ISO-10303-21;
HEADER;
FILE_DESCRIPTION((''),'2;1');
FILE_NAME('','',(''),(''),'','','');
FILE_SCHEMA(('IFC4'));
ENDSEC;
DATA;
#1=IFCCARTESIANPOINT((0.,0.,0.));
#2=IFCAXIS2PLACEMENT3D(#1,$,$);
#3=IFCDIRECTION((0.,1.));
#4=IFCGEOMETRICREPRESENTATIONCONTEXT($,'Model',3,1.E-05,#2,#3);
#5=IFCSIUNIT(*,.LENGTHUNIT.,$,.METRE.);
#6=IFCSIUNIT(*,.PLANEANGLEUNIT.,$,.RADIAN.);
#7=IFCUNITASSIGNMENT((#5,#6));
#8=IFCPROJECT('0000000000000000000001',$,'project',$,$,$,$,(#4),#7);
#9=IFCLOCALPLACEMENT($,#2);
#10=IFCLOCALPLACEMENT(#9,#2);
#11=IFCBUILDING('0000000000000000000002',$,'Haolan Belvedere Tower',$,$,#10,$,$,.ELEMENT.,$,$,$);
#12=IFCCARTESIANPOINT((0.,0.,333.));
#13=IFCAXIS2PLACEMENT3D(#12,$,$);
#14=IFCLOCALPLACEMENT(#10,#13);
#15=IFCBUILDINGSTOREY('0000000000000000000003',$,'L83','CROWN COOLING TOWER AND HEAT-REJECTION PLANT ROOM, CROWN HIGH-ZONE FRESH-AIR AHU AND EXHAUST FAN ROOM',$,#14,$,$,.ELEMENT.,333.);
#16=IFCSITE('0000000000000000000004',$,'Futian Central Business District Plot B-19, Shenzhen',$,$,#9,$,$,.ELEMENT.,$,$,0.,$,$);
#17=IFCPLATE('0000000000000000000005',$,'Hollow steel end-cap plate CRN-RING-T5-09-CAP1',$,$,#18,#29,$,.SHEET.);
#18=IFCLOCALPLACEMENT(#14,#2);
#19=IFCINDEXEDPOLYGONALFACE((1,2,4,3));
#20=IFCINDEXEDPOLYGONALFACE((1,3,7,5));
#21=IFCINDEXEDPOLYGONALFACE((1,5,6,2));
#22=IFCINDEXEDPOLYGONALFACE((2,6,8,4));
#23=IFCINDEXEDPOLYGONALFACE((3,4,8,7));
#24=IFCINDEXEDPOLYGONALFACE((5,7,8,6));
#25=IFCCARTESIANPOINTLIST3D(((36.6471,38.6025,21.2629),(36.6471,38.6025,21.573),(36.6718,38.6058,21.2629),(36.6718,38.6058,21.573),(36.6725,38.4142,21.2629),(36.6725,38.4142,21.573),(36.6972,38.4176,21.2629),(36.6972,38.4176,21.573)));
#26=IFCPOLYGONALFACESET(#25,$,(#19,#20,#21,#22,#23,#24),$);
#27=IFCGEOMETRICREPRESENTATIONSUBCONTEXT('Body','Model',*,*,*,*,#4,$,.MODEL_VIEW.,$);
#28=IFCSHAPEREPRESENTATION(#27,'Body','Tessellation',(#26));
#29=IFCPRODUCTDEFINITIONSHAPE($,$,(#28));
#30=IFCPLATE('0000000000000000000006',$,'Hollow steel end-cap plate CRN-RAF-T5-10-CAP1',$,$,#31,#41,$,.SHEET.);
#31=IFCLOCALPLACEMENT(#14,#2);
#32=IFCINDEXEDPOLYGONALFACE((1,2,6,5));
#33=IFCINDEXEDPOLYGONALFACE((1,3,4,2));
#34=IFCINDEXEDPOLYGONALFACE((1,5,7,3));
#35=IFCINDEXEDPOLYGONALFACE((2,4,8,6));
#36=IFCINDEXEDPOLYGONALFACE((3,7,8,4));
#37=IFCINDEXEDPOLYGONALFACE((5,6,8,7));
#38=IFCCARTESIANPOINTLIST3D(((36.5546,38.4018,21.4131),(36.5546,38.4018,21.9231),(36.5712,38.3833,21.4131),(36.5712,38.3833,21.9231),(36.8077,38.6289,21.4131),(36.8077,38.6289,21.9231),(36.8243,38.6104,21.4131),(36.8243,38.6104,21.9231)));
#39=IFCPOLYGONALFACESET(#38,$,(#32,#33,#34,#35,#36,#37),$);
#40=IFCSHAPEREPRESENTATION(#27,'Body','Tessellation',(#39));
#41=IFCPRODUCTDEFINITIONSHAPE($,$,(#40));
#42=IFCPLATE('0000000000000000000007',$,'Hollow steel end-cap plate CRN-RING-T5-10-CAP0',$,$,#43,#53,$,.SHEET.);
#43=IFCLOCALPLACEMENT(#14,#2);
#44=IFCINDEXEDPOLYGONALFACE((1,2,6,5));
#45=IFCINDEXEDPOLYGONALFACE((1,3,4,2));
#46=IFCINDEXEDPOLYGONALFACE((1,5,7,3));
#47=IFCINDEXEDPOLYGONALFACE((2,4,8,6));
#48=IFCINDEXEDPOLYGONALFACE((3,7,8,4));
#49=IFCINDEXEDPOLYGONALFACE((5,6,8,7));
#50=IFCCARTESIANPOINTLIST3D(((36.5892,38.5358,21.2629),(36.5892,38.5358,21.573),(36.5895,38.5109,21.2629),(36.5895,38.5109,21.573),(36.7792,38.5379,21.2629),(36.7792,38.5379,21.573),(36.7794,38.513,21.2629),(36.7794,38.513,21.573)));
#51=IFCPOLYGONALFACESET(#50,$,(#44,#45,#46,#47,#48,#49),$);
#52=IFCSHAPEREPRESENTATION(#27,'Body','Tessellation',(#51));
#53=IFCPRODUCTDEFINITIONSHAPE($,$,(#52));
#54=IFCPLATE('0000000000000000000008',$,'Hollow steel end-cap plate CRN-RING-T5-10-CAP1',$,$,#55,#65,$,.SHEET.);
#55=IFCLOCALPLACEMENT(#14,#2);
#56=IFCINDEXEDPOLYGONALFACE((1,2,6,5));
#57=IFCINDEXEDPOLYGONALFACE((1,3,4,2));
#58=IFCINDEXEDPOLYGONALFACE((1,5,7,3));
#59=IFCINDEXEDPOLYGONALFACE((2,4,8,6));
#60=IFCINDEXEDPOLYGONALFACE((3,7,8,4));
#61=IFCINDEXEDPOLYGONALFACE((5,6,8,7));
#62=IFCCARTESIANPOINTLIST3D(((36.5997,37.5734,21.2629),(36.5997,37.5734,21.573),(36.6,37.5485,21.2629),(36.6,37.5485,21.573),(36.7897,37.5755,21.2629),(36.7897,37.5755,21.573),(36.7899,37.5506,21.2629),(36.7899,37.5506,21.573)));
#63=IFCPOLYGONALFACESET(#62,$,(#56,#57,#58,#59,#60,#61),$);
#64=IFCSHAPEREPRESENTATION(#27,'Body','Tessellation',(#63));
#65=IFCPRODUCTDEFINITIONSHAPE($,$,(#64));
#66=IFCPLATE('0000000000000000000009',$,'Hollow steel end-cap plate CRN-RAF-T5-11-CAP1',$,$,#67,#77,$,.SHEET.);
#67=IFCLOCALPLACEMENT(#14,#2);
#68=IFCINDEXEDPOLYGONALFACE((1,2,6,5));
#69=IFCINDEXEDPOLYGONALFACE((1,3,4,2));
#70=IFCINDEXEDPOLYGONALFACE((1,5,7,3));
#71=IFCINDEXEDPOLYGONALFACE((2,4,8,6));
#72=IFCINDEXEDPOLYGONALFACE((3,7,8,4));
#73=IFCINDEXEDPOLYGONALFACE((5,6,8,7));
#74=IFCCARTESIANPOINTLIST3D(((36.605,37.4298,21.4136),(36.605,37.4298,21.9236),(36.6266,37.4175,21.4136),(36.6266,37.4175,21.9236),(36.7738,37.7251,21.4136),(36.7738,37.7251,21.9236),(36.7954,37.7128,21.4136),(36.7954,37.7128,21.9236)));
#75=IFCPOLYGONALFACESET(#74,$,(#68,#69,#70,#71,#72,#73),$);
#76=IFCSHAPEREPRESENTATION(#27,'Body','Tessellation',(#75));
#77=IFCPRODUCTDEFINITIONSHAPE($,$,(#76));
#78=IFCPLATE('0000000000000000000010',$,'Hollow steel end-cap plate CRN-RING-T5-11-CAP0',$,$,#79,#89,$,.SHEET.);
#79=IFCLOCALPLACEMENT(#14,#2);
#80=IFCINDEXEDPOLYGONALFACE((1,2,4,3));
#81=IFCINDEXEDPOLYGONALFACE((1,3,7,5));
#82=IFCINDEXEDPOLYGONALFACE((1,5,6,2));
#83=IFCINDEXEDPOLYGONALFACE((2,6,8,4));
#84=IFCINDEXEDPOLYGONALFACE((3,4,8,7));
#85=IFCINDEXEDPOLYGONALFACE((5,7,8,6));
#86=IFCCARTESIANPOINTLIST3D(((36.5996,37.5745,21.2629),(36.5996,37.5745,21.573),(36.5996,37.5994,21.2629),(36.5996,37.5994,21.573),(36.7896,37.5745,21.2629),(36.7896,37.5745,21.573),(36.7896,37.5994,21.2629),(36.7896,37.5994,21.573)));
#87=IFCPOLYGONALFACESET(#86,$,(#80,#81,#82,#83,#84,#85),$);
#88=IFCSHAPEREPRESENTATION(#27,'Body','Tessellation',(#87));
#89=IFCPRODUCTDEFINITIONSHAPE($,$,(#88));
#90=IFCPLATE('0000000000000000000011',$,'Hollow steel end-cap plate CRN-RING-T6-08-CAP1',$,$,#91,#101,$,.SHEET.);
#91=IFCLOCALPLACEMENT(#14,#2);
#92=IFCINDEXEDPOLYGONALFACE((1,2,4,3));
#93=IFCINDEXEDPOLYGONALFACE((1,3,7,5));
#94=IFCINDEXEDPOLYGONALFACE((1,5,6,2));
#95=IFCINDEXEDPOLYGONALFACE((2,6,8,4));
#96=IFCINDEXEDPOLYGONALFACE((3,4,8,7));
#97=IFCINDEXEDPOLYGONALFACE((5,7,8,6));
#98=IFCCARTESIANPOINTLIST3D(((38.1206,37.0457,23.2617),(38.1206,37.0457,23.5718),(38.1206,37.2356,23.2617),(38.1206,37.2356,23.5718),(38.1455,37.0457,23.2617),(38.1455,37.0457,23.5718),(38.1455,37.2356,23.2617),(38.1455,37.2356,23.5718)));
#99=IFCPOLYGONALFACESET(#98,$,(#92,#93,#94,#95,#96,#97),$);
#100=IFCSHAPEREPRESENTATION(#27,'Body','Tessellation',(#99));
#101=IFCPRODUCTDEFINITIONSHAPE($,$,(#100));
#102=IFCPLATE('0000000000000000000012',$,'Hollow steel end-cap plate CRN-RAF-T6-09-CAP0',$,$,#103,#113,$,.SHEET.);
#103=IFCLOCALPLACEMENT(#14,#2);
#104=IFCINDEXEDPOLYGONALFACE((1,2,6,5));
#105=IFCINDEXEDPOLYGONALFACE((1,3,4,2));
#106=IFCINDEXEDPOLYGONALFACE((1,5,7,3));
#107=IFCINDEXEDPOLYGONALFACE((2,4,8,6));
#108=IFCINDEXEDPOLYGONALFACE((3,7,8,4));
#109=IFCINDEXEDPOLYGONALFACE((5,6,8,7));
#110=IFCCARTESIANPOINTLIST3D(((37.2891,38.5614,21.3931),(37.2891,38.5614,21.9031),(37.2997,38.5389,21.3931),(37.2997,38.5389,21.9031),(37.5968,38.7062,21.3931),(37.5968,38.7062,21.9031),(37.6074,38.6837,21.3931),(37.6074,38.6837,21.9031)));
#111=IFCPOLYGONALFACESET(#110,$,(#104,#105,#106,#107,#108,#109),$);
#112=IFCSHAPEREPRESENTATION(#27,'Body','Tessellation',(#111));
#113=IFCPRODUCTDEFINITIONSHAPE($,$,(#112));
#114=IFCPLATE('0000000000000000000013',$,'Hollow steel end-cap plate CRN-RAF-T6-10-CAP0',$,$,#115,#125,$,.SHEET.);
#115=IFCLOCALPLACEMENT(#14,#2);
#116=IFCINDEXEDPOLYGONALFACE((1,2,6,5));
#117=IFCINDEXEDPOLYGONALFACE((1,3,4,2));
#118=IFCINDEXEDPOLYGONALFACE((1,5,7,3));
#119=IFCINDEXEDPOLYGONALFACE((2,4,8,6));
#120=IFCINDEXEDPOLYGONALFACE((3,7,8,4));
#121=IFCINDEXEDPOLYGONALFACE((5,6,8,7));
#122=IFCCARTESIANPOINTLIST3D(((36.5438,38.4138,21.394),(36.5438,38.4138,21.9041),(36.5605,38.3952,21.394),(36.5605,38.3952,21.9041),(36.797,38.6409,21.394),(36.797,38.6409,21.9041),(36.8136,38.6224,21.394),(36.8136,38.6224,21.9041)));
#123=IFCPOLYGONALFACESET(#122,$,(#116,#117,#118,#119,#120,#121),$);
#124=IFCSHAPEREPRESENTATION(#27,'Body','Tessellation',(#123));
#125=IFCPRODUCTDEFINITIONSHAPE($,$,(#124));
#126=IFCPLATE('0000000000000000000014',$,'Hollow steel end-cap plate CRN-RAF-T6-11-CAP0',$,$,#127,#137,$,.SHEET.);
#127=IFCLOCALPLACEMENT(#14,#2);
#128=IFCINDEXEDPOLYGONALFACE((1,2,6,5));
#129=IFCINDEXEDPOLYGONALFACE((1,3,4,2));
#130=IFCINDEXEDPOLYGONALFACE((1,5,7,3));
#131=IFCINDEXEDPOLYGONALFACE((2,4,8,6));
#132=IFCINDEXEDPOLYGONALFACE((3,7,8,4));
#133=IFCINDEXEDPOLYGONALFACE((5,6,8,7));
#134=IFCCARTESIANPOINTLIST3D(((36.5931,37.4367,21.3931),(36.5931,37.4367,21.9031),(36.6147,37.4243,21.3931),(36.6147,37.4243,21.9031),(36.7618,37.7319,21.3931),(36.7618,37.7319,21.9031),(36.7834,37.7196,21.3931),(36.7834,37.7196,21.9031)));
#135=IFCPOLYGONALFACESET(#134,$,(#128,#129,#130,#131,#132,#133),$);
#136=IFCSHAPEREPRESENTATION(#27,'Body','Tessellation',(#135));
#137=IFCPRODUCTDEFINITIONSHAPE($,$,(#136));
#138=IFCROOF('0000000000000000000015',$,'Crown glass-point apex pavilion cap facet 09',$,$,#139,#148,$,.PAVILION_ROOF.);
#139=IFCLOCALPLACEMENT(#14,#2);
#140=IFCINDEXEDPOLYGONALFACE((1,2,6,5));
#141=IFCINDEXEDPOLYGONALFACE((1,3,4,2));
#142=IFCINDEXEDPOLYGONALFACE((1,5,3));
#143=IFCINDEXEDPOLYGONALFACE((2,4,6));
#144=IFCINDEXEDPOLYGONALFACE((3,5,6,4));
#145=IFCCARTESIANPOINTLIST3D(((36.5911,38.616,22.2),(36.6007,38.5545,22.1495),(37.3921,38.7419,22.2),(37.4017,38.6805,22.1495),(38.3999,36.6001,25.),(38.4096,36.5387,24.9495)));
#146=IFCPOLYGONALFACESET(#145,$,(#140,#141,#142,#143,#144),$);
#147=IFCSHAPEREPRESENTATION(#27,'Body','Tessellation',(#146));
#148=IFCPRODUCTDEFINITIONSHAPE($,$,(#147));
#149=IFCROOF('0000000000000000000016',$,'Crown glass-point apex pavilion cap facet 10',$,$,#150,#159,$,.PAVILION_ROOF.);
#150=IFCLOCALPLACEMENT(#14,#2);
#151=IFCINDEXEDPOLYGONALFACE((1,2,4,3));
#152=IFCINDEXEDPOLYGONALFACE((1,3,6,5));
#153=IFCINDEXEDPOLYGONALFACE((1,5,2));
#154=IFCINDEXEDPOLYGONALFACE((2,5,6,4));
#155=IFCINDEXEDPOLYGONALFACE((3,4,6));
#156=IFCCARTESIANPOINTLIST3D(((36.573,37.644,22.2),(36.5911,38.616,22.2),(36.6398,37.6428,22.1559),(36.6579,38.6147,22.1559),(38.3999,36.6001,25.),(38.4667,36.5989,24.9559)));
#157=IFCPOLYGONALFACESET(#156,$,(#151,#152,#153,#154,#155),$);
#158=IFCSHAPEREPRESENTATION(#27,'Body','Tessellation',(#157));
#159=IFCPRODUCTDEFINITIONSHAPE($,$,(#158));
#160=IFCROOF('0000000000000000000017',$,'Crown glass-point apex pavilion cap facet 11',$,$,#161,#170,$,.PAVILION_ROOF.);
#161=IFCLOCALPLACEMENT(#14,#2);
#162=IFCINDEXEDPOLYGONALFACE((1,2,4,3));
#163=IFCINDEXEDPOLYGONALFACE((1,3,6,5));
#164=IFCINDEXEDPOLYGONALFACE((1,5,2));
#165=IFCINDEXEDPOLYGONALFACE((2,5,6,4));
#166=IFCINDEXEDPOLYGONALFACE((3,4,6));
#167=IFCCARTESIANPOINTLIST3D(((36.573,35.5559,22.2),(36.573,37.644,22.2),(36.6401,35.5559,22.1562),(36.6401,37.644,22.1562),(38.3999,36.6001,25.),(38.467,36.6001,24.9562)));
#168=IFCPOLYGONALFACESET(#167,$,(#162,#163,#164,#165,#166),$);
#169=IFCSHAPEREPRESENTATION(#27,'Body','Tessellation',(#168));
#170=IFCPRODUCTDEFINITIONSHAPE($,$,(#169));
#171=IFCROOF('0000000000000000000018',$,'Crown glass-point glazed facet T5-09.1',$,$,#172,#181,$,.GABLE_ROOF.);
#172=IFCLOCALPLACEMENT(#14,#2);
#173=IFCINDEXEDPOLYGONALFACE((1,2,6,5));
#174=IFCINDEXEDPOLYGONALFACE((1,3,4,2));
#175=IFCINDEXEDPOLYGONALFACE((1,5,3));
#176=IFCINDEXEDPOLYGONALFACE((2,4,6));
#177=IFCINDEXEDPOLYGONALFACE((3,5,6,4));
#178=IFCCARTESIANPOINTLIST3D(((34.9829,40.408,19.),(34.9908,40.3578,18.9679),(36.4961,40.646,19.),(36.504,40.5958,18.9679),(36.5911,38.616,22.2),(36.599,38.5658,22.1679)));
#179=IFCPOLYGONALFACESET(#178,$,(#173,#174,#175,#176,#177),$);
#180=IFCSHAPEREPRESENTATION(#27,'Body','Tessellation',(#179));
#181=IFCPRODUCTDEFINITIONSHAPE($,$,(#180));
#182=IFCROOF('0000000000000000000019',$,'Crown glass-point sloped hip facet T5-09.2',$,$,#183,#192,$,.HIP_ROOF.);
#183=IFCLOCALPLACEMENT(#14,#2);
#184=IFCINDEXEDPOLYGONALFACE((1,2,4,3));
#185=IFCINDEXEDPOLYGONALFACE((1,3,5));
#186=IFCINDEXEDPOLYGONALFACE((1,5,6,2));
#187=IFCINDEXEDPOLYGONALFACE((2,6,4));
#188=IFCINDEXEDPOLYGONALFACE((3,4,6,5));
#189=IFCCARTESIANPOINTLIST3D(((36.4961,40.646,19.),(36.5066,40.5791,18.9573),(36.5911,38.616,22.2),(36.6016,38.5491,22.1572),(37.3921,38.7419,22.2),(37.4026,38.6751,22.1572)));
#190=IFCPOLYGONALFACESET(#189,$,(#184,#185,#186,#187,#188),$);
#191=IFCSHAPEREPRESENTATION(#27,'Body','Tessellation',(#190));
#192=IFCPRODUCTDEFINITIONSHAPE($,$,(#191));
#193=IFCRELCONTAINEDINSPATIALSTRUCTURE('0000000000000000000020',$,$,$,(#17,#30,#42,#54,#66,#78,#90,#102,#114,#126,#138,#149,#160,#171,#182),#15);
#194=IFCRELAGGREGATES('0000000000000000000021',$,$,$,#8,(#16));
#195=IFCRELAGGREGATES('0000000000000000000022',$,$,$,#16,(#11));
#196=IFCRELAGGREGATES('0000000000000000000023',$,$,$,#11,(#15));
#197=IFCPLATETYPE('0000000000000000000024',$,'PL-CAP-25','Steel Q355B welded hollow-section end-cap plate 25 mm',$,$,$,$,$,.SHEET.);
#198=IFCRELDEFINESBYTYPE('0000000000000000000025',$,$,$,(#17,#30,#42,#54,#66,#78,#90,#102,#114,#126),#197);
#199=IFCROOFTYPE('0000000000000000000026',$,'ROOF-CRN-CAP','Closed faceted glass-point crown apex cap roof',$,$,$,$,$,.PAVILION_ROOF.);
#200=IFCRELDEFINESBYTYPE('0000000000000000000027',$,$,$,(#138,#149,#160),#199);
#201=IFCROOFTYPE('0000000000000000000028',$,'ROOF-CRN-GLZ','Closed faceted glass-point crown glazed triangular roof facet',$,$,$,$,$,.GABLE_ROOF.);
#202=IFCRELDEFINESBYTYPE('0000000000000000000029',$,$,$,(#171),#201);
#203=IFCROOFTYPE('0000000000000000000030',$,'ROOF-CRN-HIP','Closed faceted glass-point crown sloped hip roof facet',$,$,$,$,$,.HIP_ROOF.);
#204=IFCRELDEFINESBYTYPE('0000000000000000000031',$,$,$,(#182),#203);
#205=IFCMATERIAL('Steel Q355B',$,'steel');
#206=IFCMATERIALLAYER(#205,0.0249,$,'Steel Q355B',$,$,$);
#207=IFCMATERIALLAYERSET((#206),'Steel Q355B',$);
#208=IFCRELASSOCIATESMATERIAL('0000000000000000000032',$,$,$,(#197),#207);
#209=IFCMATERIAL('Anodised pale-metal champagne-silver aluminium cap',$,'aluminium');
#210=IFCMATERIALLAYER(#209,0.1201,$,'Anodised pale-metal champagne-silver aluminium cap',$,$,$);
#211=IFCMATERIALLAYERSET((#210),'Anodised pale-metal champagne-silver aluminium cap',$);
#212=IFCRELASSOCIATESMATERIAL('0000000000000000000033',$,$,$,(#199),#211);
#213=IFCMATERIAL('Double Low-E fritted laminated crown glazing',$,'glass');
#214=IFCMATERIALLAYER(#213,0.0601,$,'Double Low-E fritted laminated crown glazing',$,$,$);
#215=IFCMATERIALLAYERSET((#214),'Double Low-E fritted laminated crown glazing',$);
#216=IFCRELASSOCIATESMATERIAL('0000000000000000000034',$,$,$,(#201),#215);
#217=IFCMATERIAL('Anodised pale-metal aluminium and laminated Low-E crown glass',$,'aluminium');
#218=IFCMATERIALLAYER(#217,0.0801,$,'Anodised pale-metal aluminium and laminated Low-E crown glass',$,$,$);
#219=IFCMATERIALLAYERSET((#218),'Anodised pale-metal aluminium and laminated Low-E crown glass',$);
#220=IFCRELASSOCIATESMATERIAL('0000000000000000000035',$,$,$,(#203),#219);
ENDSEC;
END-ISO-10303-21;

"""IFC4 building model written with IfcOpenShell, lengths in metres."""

from ifc_helpers import new_model, si_unit, direction, frame, origin, origin_2d, place, context, subcontext, project, spatial, polyline, rectangle, outline, extrude, material, layer, layer_set, type_object, element, save


model = new_model("IFC4")

# Units and contexts
model_context = context("Model", 3, precision=1e-05, world=origin(), true_north=direction((0.0, 1.0)))
body_context = subcontext(model_context, "Body", "Model", "MODEL_VIEW")
ifc_project = project(units=[si_unit("LENGTHUNIT", "METRE"), si_unit("PLANEANGLEUNIT", "RADIAN")], contexts=[model_context])

# Site, building, storey
site_placement = place(None, origin())
site = spatial("IfcSite", under=ifc_project, at=site_placement, Name="Futian Central Business District Plot B-19, Shenzhen", CompositionType="ELEMENT", RefElevation=0.0)
building_placement = place(site_placement, origin())
building = spatial("IfcBuilding", under=site, at=building_placement, Name="Haolan Belvedere Tower", CompositionType="ELEMENT")
storey_placement = place(building_placement, frame((0.0, 0.0, 333.0)))
storey = spatial("IfcBuildingStorey", under=building, at=storey_placement, Name="L83", Description="CROWN COOLING TOWER AND HEAT-REJECTION PLANT ROOM, CROWN HIGH-ZONE FRESH-AIR AHU AND EXHAUST FAN ROOM", CompositionType="ELEMENT", Elevation=333.0)

# Shared definitions
ifc_material_1 = material(Name="Steel Q355B", Category="steel")

# Plates
ifc_layer_1 = layer(ifc_material_1, 0.0249, Name="Steel Q355B")
ifc_layer_set_1 = layer_set([ifc_layer_1], Name="Steel Q355B")
plate_type = type_object("IfcPlateType", Name="PL-CAP-25", Description="Steel Q355B welded hollow-section end-cap plate 25 mm", PredefinedType="SHEET", material=ifc_layer_set_1)
for number, where, z_axis, x_axis, name in (
    (1, (36.6721, 38.51, 21.2629), (0.0, 0.0, 1.0), (0.133709, -0.991021, 0.0), "Hollow steel end-cap plate CRN-RING-T5-09-CAP1"),
):
    element("IfcPlate", number, at=place(storey_placement, frame(where, z_axis=z_axis, x_axis=x_axis)), inside=storey, type_object=plate_type, Name=name, PredefinedType="SHEET", context=body_context, shape_type="SweptSolid", body=[
        extrude(rectangle(XDim=0.1899, YDim=0.0249, at=origin_2d()), origin(), (0.0, 0.0, 1.0), 0.3101),
    ])
plate_1_placement = place(storey_placement, frame((36.6895, 38.5061, 21.4131), z_axis=(0.0, 0.0, 1.0), x_axis=(0.744288, 0.667859, 0.0)))
element("IfcPlate", 2, at=plate_1_placement, inside=storey, type_object=plate_type, Name="Hollow steel end-cap plate CRN-RAF-T5-10-CAP1", PredefinedType="SHEET", context=body_context, shape_type="SweptSolid", body=[
    extrude(rectangle(XDim=0.3401, YDim=0.0249, at=origin_2d()), origin(), (0.0, 0.0, 1.0), 0.51),
])
for number, where, z_axis, x_axis, name in (
    (3, (36.6843, 38.5244, 21.2629), (0.0, 0.0, 1.0), (-0.999942, -0.010768, 0.0), "Hollow steel end-cap plate CRN-RING-T5-10-CAP0"),
    (4, (36.6948, 37.562, 21.2629), (0.0, 0.0, 1.0), (0.999942, 0.010768, 0.0), "Hollow steel end-cap plate CRN-RING-T5-10-CAP1"),
):
    element("IfcPlate", number, at=place(storey_placement, frame(where, z_axis=z_axis, x_axis=x_axis)), inside=storey, type_object=plate_type, Name=name, PredefinedType="SHEET", context=body_context, shape_type="SweptSolid", body=[
        extrude(rectangle(XDim=0.1899, YDim=0.0249, at=origin_2d()), origin(), (0.0, 0.0, 1.0), 0.3101),
    ])
plate_2_placement = place(storey_placement, frame((36.7002, 37.5713, 21.4136), z_axis=(0.0, 0.0, 1.0), x_axis=(0.496141, 0.868242, 0.0)))
element("IfcPlate", 5, at=plate_2_placement, inside=storey, type_object=plate_type, Name="Hollow steel end-cap plate CRN-RAF-T5-11-CAP1", PredefinedType="SHEET", context=body_context, shape_type="SweptSolid", body=[
    extrude(rectangle(XDim=0.3401, YDim=0.0249, at=origin_2d()), origin(), (0.0, 0.0, 1.0), 0.51),
])
for number, where, z_axis, x_axis, name in (
    (6, (36.6946, 37.5869, 21.2629), (0.0, 0.0, 1.0), (-1.0, 0.0, 0.0), "Hollow steel end-cap plate CRN-RING-T5-11-CAP0"),
    (7, (38.1331, 37.1406, 23.2617), (0.0, 0.0, 1.0), (0.0, -1.0, 0.0), "Hollow steel end-cap plate CRN-RING-T6-08-CAP1"),
):
    element("IfcPlate", number, at=place(storey_placement, frame(where, z_axis=z_axis, x_axis=x_axis)), inside=storey, type_object=plate_type, Name=name, PredefinedType="SHEET", context=body_context, shape_type="SweptSolid", body=[
        extrude(rectangle(XDim=0.1899, YDim=0.0249, at=origin_2d()), origin(), (0.0, 0.0, 1.0), 0.3101),
    ])
for number, where, z_axis, x_axis, name in (
    (8, (37.4482, 38.6226, 21.3931), (0.0, 0.0, 1.0), (-0.904827, -0.425779, 0.0), "Hollow steel end-cap plate CRN-RAF-T6-09-CAP0"),
    (9, (36.6787, 38.5181, 21.394), (0.0, 0.0, 1.0), (-0.744288, -0.667859, 0.0), "Hollow steel end-cap plate CRN-RAF-T6-10-CAP0"),
    (10, (36.6882, 37.5781, 21.3931), (0.0, 0.0, 1.0), (-0.496141, -0.868242, 0.0), "Hollow steel end-cap plate CRN-RAF-T6-11-CAP0"),
):
    element("IfcPlate", number, at=place(storey_placement, frame(where, z_axis=z_axis, x_axis=x_axis)), inside=storey, type_object=plate_type, Name=name, PredefinedType="SHEET", context=body_context, shape_type="SweptSolid", body=[
        extrude(rectangle(XDim=0.3401, YDim=0.0249, at=origin_2d()), origin(), (0.0, 0.0, 1.0), 0.51),
    ])

# Roofs
ifc_material_2 = material(Name="Anodised pale-metal champagne-silver aluminium cap", Category="aluminium")
ifc_layer_2 = layer(ifc_material_2, 0.1201, Name="Anodised pale-metal champagne-silver aluminium cap")
ifc_layer_set_2 = layer_set([ifc_layer_2], Name="Anodised pale-metal champagne-silver aluminium cap")
roof_type_1 = type_object("IfcRoofType", Name="ROOF-CRN-CAP", Description="Closed faceted glass-point crown apex cap roof", PredefinedType="PAVILION_ROOF", material=ifc_layer_set_2)
roof_1_placement = place(storey_placement, frame((37.3921, 38.7419, 22.2), z_axis=(-0.120632, 0.767042, 0.630154), x_axis=(-0.987858, -0.15536, 0.0)))
element("IfcRoof", 11, at=roof_1_placement, inside=storey, type_object=roof_type_1, Name="Crown glass-point apex pavilion cap facet 09", PredefinedType="PAVILION_ROOF", context=body_context, shape_type="SweptSolid", body=[
    extrude(outline(polyline([(0.0, 0.0), (0.8109, 0.0), (-0.6628, 3.6061), (0.0, 0.0)])), origin(), (0.0, 0.0, -1.0), 0.0801),
])
roof_2_placement = place(storey_placement, frame((36.5911, 38.616, 22.2), z_axis=(-0.834745, 0.015516, 0.550418), x_axis=(-0.018585, -0.999827, 0.0)))
element("IfcRoof", 12, at=roof_2_placement, inside=storey, type_object=roof_type_1, Name="Crown glass-point apex pavilion cap facet 10", PredefinedType="PAVILION_ROOF", context=body_context, shape_type="SweptSolid", body=[
    extrude(outline(polyline([(0.0, 0.0), (0.9721, 0.0), (1.9819, 3.3538), (0.0, 0.0)])), origin(), (0.0, 0.0, -1.0), 0.0801),
])
roof_3_placement = place(storey_placement, frame((36.573, 37.644, 22.2), z_axis=(-0.837503, 0.0, 0.546433), x_axis=(0.0, -1.0, 0.0)))
element("IfcRoof", 13, at=roof_3_placement, inside=storey, type_object=roof_type_1, Name="Crown glass-point apex pavilion cap facet 11", PredefinedType="PAVILION_ROOF", context=body_context, shape_type="SweptSolid", body=[
    extrude(outline(polyline([(0.0, 0.0), (2.0881, 0.0), (1.0439, 3.3433), (0.0, 0.0)])), origin(), (0.0, 0.0, -1.0), 0.0801),
])
ifc_material_3 = material(Name="Double Low-E fritted laminated crown glazing", Category="glass")
ifc_layer_3 = layer(ifc_material_3, 0.0601, Name="Double Low-E fritted laminated crown glazing")
ifc_layer_set_3 = layer_set([ifc_layer_3], Name="Double Low-E fritted laminated crown glazing")
roof_type_2 = type_object("IfcRoofType", Name="ROOF-CRN-GLZ", Description="Closed faceted glass-point crown glazed triangular roof facet", PredefinedType="GABLE_ROOF", material=ifc_layer_set_3)
roof_4_placement = place(storey_placement, frame((36.4961, 40.646, 19.0), z_axis=(-0.131404, 0.835323, 0.533824), x_axis=(-0.987852, -0.155398, 0.0)))
element("IfcRoof", 14, at=roof_4_placement, inside=storey, type_object=roof_type_2, Name="Crown glass-point glazed facet T5-09.1", PredefinedType="GABLE_ROOF", context=body_context, shape_type="SweptSolid", body=[
    extrude(outline(polyline([(0.0, 0.0), (1.5318, 0.0), (0.2216, 3.7843), (0.0, 0.0)])), origin(), (0.0, 0.0, -1.0), 0.0601),
])
ifc_material_4 = material(Name="Anodised pale-metal aluminium and laminated Low-E crown glass", Category="aluminium")
ifc_layer_4 = layer(ifc_material_4, 0.0801, Name="Anodised pale-metal aluminium and laminated Low-E crown glass")
ifc_layer_set_4 = layer_set([ifc_layer_4], Name="Anodised pale-metal aluminium and laminated Low-E crown glass")
roof_type_3 = type_object("IfcRoofType", Name="ROOF-CRN-HIP", Description="Closed faceted glass-point crown sloped hip roof facet", PredefinedType="HIP_ROOF", material=ifc_layer_set_4)
roof_5_placement = place(storey_placement, frame((36.4961, 40.646, 19.0), z_axis=(-0.131371, 0.835327, 0.533826), x_axis=(0.025053, -0.535523, 0.844149)))
element("IfcRoof", 15, at=roof_5_placement, inside=storey, type_object=roof_type_3, Name="Crown glass-point sloped hip facet T5-09.2", PredefinedType="HIP_ROOF", context=body_context, shape_type="SweptSolid", body=[
    extrude(outline(polyline([(0.0, 0.0), (3.7907, 0.0), (3.7433, 0.8095), (0.0, 0.0)])), origin(), (0.0, 0.0, -1.0), 0.0801),
])

save(model, "model.ifc")
